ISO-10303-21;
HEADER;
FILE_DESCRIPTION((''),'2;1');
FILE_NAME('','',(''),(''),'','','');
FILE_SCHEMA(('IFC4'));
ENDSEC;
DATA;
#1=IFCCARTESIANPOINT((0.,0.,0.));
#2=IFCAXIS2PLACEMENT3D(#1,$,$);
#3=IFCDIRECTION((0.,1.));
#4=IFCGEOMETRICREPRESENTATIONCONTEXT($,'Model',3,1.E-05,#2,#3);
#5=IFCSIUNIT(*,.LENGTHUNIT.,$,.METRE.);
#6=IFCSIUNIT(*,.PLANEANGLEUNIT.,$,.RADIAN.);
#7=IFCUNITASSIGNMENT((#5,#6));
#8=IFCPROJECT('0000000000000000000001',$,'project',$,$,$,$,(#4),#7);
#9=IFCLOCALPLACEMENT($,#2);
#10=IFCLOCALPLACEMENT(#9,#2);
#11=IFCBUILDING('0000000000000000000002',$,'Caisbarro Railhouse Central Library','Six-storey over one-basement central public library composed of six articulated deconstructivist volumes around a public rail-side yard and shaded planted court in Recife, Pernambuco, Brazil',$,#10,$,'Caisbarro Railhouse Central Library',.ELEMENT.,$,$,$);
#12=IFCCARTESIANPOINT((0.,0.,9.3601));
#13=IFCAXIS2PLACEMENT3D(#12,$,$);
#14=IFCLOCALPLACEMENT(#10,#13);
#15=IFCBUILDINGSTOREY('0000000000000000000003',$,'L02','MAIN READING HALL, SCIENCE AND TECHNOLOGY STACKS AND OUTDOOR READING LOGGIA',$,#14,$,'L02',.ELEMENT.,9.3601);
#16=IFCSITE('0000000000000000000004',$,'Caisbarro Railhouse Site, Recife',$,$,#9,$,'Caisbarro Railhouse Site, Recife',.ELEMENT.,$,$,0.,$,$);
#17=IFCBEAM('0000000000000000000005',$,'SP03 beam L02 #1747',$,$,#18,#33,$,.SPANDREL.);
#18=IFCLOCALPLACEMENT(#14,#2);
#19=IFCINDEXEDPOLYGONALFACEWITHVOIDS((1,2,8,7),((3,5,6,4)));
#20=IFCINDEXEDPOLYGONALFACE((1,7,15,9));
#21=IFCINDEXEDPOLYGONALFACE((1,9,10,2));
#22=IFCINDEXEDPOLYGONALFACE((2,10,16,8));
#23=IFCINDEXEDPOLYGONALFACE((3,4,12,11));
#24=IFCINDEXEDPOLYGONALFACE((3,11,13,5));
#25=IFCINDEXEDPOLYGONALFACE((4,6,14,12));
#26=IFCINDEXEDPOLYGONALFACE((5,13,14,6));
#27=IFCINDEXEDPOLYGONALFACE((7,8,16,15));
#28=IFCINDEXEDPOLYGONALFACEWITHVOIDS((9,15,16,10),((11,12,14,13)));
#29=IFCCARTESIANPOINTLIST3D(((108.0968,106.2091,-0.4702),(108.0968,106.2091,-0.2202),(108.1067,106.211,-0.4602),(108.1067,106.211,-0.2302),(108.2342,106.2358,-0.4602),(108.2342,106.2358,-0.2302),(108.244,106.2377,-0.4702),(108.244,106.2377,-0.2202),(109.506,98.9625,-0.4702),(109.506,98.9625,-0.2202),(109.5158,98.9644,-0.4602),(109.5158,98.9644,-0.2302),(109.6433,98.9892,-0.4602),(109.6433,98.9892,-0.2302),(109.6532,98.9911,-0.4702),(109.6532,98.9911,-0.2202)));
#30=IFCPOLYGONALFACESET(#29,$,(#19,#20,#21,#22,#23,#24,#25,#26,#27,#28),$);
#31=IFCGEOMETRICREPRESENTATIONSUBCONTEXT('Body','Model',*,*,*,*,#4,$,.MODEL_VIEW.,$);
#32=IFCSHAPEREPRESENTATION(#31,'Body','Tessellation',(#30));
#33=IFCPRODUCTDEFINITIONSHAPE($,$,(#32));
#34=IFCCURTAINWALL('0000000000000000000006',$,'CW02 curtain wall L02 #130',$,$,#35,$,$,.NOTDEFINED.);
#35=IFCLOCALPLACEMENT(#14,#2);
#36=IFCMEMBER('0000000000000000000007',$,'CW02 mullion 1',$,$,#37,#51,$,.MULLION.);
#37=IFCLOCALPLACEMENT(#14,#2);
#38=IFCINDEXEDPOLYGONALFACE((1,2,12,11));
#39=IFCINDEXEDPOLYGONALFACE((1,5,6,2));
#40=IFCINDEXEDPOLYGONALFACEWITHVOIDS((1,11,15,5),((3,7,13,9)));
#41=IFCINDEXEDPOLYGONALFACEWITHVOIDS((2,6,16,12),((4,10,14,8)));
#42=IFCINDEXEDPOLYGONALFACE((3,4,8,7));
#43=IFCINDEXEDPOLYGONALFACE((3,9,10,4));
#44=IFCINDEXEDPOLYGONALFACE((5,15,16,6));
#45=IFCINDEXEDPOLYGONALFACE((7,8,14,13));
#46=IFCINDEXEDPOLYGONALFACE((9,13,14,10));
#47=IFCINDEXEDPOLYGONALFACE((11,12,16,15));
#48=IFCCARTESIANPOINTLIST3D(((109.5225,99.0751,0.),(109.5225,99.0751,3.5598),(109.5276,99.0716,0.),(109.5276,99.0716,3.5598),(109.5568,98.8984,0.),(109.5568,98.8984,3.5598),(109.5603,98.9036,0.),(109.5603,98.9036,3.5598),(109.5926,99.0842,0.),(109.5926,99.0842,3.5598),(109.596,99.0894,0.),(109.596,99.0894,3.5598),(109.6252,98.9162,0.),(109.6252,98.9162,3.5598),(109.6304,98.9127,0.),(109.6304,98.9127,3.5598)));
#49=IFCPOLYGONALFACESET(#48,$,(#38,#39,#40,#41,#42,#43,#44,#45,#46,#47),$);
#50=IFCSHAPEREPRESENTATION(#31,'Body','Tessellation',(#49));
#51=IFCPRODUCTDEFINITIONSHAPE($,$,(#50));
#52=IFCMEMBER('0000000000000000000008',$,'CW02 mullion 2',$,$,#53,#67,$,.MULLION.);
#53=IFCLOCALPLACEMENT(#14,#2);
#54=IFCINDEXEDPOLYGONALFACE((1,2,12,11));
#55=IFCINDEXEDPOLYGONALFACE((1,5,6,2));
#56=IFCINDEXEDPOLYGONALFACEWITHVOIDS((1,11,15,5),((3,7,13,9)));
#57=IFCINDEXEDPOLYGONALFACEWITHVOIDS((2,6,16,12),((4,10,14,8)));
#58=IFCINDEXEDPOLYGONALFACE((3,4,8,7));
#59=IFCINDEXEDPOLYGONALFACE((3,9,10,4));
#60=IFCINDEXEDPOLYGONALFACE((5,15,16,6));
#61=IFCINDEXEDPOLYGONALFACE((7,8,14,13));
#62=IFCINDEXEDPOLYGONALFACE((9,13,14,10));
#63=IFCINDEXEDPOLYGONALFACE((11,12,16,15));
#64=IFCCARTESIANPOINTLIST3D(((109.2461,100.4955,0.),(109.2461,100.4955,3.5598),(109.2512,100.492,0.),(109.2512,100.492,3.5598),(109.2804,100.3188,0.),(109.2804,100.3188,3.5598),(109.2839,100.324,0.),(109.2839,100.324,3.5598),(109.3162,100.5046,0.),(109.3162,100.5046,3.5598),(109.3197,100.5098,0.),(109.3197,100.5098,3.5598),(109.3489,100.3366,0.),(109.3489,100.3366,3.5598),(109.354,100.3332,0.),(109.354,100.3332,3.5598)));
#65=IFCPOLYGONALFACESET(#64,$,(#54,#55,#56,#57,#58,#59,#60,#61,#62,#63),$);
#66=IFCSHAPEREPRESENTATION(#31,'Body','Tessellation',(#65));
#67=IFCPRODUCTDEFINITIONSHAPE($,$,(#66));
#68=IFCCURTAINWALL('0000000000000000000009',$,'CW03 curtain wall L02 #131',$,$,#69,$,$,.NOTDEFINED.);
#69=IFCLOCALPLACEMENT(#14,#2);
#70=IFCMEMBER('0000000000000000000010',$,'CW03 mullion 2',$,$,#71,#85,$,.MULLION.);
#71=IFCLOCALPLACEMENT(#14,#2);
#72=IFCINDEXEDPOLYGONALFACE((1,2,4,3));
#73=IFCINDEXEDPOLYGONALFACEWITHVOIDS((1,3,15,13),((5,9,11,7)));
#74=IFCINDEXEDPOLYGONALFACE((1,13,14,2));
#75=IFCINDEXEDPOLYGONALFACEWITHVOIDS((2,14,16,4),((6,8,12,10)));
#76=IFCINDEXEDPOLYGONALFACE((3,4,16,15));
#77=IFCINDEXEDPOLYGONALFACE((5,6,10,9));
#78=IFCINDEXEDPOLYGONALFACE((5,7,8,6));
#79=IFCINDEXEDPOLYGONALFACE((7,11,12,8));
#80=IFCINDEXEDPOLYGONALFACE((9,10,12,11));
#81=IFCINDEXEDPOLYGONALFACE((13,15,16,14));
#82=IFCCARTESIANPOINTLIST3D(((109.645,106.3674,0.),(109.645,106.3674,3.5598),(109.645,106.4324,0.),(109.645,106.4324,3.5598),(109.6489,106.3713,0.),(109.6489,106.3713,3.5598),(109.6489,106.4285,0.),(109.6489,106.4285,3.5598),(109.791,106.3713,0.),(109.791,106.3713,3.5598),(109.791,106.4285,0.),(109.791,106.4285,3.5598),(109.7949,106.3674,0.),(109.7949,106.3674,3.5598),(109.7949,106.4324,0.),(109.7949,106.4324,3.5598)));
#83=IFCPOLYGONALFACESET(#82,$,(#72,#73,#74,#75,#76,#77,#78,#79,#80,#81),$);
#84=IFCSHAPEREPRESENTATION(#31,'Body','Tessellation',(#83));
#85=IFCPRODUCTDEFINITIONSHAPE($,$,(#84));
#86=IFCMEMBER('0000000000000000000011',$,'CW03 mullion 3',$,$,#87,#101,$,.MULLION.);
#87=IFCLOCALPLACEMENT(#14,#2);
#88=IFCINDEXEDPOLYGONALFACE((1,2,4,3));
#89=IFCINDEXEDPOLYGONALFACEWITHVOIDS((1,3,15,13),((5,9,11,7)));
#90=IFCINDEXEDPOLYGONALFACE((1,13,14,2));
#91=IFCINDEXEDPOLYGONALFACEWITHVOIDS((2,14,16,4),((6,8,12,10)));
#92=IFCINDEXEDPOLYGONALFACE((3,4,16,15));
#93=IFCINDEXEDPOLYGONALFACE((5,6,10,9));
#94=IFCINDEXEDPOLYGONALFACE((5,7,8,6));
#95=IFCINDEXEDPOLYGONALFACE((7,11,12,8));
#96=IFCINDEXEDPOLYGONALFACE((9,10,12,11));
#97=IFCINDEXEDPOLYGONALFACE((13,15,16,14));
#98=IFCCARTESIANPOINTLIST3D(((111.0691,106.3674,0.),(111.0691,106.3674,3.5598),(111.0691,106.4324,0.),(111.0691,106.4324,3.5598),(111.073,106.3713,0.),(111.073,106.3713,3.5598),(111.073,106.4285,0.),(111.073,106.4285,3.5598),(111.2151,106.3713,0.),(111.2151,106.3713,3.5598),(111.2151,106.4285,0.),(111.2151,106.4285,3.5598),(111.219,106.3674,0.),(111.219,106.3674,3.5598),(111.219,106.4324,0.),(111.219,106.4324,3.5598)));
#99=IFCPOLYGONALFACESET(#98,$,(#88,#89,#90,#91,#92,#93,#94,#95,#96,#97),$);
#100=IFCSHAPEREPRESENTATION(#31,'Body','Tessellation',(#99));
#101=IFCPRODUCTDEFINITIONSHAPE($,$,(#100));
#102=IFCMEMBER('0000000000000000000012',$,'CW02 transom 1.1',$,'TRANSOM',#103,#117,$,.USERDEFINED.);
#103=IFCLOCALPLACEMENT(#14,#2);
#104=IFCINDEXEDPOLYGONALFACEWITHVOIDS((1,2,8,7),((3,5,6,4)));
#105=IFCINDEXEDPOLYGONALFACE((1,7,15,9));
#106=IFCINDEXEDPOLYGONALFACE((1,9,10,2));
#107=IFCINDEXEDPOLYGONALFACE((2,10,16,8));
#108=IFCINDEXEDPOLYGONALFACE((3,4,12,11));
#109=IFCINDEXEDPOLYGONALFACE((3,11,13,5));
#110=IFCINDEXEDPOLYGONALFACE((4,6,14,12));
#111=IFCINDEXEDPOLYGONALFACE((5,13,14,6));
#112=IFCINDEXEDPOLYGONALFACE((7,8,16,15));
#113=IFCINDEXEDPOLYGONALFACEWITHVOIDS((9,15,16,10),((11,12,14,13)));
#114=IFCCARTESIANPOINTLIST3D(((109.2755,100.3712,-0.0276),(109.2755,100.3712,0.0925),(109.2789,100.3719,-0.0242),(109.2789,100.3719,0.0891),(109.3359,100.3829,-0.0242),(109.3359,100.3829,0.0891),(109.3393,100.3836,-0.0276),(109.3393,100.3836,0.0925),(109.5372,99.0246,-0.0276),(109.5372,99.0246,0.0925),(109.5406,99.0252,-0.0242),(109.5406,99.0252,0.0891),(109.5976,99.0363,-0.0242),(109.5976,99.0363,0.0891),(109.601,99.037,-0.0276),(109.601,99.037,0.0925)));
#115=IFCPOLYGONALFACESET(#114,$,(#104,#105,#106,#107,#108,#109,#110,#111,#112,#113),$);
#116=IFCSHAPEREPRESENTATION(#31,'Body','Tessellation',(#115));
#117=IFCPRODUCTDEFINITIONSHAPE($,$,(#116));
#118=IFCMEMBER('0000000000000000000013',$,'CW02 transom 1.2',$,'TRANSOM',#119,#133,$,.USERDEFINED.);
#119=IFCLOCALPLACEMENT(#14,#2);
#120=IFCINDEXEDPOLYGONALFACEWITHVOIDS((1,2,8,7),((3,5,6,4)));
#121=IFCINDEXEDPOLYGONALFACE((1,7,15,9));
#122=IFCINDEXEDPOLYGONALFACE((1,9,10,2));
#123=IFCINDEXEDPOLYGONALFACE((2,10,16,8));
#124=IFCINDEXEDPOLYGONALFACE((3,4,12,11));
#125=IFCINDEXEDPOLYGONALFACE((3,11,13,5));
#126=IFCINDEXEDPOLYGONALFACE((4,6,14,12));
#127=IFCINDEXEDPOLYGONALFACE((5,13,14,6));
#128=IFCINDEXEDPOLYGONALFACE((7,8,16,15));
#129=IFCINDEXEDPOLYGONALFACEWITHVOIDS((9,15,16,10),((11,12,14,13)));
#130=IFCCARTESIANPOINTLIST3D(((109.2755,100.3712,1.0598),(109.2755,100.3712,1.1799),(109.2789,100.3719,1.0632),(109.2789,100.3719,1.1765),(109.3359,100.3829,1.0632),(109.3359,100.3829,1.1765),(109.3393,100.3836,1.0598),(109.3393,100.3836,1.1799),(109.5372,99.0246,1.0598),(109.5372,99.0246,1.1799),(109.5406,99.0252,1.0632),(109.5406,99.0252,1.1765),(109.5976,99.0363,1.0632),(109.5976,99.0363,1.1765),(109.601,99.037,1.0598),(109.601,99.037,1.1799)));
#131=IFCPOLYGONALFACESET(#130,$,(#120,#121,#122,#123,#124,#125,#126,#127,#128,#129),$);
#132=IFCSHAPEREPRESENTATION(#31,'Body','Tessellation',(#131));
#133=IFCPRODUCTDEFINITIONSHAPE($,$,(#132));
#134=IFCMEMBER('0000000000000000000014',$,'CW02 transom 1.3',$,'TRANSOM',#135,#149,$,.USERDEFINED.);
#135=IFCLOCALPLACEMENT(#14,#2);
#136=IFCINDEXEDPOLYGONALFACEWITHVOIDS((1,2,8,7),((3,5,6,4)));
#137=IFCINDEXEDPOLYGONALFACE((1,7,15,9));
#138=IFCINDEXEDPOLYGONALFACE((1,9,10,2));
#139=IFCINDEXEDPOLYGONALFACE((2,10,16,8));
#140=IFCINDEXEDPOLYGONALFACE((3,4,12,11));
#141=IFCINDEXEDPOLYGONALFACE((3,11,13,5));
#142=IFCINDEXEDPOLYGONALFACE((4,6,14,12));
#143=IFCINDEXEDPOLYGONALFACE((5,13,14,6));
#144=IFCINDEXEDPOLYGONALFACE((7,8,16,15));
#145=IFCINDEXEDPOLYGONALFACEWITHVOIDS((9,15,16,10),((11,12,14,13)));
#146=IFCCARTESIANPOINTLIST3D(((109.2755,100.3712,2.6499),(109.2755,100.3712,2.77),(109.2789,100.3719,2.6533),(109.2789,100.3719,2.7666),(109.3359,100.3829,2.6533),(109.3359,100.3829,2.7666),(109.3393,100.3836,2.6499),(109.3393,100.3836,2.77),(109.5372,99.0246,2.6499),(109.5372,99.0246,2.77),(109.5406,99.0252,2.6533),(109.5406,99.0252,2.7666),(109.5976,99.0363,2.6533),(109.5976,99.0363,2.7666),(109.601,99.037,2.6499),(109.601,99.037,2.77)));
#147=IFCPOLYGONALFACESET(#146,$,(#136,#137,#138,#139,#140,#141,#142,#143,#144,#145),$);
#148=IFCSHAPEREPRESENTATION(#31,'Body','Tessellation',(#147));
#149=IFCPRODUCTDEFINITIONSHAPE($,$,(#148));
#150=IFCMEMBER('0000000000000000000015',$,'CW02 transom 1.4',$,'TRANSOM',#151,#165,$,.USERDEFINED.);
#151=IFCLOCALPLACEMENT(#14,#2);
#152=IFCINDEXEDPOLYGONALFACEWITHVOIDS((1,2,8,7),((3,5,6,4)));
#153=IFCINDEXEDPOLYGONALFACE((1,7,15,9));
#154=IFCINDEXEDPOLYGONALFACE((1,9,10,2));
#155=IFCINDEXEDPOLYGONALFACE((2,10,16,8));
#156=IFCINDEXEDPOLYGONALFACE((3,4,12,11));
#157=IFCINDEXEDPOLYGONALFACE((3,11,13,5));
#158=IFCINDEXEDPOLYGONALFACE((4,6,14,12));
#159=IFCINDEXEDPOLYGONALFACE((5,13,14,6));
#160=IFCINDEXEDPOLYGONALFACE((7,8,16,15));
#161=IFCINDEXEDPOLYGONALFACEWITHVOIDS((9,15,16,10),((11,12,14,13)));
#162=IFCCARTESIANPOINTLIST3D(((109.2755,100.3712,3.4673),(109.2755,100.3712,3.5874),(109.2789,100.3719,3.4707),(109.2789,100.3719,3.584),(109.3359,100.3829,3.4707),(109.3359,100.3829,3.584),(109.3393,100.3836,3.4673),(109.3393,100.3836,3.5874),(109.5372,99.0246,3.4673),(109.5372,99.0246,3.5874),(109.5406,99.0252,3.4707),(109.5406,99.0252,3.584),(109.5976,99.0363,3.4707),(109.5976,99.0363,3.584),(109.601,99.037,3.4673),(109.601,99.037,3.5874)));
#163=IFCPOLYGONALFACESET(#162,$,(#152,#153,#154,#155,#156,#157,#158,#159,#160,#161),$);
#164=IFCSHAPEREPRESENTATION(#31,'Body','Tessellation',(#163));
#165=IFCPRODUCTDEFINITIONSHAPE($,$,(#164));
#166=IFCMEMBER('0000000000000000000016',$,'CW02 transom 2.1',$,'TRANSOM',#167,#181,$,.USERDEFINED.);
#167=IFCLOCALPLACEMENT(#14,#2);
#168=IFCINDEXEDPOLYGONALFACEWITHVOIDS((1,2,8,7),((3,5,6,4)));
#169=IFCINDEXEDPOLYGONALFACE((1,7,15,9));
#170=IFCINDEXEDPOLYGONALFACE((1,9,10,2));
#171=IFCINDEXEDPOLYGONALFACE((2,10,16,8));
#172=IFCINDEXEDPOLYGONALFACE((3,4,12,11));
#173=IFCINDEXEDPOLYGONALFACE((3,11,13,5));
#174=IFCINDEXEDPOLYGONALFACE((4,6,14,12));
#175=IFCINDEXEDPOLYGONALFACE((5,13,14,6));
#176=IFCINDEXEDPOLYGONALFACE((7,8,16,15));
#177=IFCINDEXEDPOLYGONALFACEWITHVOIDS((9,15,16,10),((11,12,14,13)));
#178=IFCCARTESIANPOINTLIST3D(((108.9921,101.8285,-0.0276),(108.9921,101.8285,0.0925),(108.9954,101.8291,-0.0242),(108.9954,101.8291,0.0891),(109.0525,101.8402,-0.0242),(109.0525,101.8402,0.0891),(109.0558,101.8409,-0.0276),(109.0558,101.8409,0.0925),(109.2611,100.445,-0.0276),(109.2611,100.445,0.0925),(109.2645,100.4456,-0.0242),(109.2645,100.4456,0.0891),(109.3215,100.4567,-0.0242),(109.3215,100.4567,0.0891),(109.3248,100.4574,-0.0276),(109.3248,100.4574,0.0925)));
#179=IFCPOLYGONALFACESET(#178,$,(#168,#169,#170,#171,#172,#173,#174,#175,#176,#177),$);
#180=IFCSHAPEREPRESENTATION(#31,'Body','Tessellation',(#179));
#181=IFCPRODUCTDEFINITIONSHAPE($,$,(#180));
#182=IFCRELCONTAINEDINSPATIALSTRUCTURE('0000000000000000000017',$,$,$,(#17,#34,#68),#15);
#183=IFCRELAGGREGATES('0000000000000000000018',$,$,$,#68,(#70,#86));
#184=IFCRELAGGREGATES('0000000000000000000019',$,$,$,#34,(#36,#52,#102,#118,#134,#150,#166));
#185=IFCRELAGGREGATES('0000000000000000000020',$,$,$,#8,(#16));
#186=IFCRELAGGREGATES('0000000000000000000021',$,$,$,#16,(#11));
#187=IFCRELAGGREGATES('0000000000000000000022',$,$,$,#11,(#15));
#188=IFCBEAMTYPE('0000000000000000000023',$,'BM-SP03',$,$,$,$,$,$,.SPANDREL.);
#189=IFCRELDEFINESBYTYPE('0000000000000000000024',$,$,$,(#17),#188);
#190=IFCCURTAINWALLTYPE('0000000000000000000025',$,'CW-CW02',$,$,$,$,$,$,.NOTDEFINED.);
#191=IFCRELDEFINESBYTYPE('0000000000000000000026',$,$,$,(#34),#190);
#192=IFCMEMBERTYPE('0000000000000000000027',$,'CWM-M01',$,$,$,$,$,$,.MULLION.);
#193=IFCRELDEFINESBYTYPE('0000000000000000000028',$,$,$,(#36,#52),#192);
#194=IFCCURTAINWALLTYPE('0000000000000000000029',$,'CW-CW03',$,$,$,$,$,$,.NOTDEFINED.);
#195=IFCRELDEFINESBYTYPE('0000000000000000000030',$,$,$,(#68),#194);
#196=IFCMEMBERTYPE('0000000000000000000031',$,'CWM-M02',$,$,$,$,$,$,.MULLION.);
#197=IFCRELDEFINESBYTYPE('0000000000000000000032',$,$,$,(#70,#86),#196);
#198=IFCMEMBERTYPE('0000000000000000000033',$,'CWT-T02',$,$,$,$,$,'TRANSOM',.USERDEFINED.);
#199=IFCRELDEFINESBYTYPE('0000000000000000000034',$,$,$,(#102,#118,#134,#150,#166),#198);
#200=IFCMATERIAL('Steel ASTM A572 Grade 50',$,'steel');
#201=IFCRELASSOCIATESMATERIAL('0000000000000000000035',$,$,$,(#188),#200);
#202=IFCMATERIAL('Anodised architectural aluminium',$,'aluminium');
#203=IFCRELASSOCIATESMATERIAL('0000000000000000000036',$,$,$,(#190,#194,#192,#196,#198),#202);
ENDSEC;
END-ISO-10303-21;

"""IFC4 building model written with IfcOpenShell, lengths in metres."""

from ifc_helpers import new_model, si_unit, direction, frame, origin, origin_2d, place, context, subcontext, project, spatial, hollow_rectangle, extrude, material, material_profile, profile_set, type_object, element, aggregate, save


model = new_model("IFC4")

# Units and contexts
model_context = context("Model", 3, precision=1e-05, world=origin(), true_north=direction((0.0, 1.0)))
body_context = subcontext(model_context, "Body", "Model", "MODEL_VIEW")
ifc_project = project(units=[si_unit("LENGTHUNIT", "METRE"), si_unit("PLANEANGLEUNIT", "RADIAN")], contexts=[model_context])

# Site, building, storey
site_placement = place(None, origin())
site = spatial("IfcSite", under=ifc_project, at=site_placement, Name="Caisbarro Railhouse Site, Recife", LongName="Caisbarro Railhouse Site, Recife", CompositionType="ELEMENT", RefElevation=0.0)
building_placement = place(site_placement, origin())
building = spatial("IfcBuilding", under=site, at=building_placement, Name="Caisbarro Railhouse Central Library", Description="Six-storey over one-basement central public library composed of six articulated deconstructivist volumes around a public rail-side yard and shaded planted court in Recife, Pernambuco, Brazil", LongName="Caisbarro Railhouse Central Library", CompositionType="ELEMENT")
storey_placement = place(building_placement, frame((0.0, 0.0, 9.3601)))
storey = spatial("IfcBuildingStorey", under=building, at=storey_placement, Name="L02", Description="MAIN READING HALL, SCIENCE AND TECHNOLOGY STACKS AND OUTDOOR READING LOGGIA", LongName="L02", CompositionType="ELEMENT", Elevation=9.3601)

# Beam
ifc_material_1 = material(Name="Steel ASTM A572 Grade 50", Category="steel")
ifc_material_profile_1 = material_profile(ifc_material_1, hollow_rectangle(XDim=0.1499, YDim=0.25, WallThickness=0.01, at=origin_2d()), Name="HSS250X150X10")
ifc_profile_set_1 = profile_set([ifc_material_profile_1], Name="Steel ASTM A572 Grade 50")
beam_type = type_object("IfcBeamType", Name="BM-SP03", PredefinedType="SPANDREL", material=ifc_profile_set_1)
beam_placement = place(storey_placement, frame((109.5796, 98.9768, -0.3452), z_axis=(-0.190886, 0.981612, 0.0), x_axis=(-0.981612, -0.190886, 0.0)))
element("IfcBeam", 1, at=beam_placement, inside=storey, type_object=beam_type, Name="SP03 beam L02 #1747", PredefinedType="SPANDREL", context=body_context, shape_type="SweptSolid", body=[
    extrude(hollow_rectangle(XDim=0.1499, YDim=0.25, WallThickness=0.01, at=origin_2d()), origin(), (0.0, 0.0, 1.0), 7.3823),
])

# Curtain walls, members
ifc_material_2 = material(Name="Anodised architectural aluminium", Category="aluminium")
curtain_wall_type_1 = type_object("IfcCurtainWallType", Name="CW-CW02", PredefinedType="NOTDEFINED", material=ifc_material_2)
curtain_wall_1_placement = place(storey_placement, origin())
curtain_wall_1 = element("IfcCurtainWall", 2, at=curtain_wall_1_placement, inside=storey, type_object=curtain_wall_type_1, Name="CW02 curtain wall L02 #130", PredefinedType="NOTDEFINED")
ifc_material_profile_2 = material_profile(ifc_material_2, hollow_rectangle(XDim=0.075, YDim=0.1799, WallThickness=0.0044, at=origin_2d()), Name="ALU-MUL-75X180")
ifc_profile_set_2 = profile_set([ifc_material_profile_2], Name="Anodised architectural aluminium")
member_type_1 = type_object("IfcMemberType", Name="CWM-M01", PredefinedType="MULLION", material=ifc_profile_set_2)
member_1_placement = place(storey_placement, frame((109.5764, 98.9939, 0.0), z_axis=(0.0, 0.0, 1.0), x_axis=(-0.981607, -0.190911, 0.0)))
member_1 = element("IfcMember", 3, at=member_1_placement, type_object=member_type_1, Name="CW02 mullion 1", PredefinedType="MULLION", context=body_context, shape_type="SweptSolid", body=[
    extrude(hollow_rectangle(XDim=0.075, YDim=0.1799, WallThickness=0.0044, at=origin_2d()), origin(), (0.0, 0.0, 1.0), 3.5598),
])
member_2_placement = place(storey_placement, frame((109.3, 100.4143, 0.0), z_axis=(0.0, 0.0, 1.0), x_axis=(-0.981607, -0.190911, 0.0)))
member_2 = element("IfcMember", 4, at=member_2_placement, type_object=member_type_1, Name="CW02 mullion 2", PredefinedType="MULLION", context=body_context, shape_type="SweptSolid", body=[
    extrude(hollow_rectangle(XDim=0.075, YDim=0.1799, WallThickness=0.0044, at=origin_2d()), origin(), (0.0, 0.0, 1.0), 3.5598),
])
curtain_wall_type_2 = type_object("IfcCurtainWallType", Name="CW-CW03", PredefinedType="NOTDEFINED", material=ifc_material_2)
curtain_wall_2_placement = place(storey_placement, origin())
curtain_wall_2 = element("IfcCurtainWall", 5, at=curtain_wall_2_placement, inside=storey, type_object=curtain_wall_type_2, Name="CW03 curtain wall L02 #131", PredefinedType="NOTDEFINED")
ifc_material_profile_3 = material_profile(ifc_material_2, hollow_rectangle(XDim=0.0649, YDim=0.1499, WallThickness=0.0039, at=origin_2d()), Name="ALU-MUL-65X150")
ifc_profile_set_3 = profile_set([ifc_material_profile_3], Name="Anodised architectural aluminium")
member_type_2 = type_object("IfcMemberType", Name="CWM-M02", PredefinedType="MULLION", material=ifc_profile_set_3)
member_3_placement = place(storey_placement, frame((109.72, 106.3999, 0.0), z_axis=(0.0, 0.0, 1.0), x_axis=(0.0, 1.0, 0.0)))
member_3 = element("IfcMember", 6, at=member_3_placement, type_object=member_type_2, Name="CW03 mullion 2", PredefinedType="MULLION", context=body_context, shape_type="SweptSolid", body=[
    extrude(hollow_rectangle(XDim=0.0649, YDim=0.1499, WallThickness=0.0039, at=origin_2d()), origin(), (0.0, 0.0, 1.0), 3.5598),
])
member_4_placement = place(storey_placement, frame((111.144, 106.3999, 0.0), z_axis=(0.0, 0.0, 1.0), x_axis=(0.0, 1.0, 0.0)))
member_4 = element("IfcMember", 7, at=member_4_placement, type_object=member_type_2, Name="CW03 mullion 3", PredefinedType="MULLION", context=body_context, shape_type="SweptSolid", body=[
    extrude(hollow_rectangle(XDim=0.0649, YDim=0.1499, WallThickness=0.0039, at=origin_2d()), origin(), (0.0, 0.0, 1.0), 3.5598),
])

# Members
ifc_material_profile_4 = material_profile(ifc_material_2, hollow_rectangle(XDim=0.0649, YDim=0.1201, WallThickness=0.0034, at=origin_2d()), Name="ALU-TRN-65X120")
ifc_profile_set_4 = profile_set([ifc_material_profile_4], Name="Anodised architectural aluminium")
member_type_3 = type_object("IfcMemberType", Name="CWT-T02", ElementType="TRANSOM", PredefinedType="USERDEFINED", material=ifc_profile_set_4)
member_5_placement = place(storey_placement, frame((109.5691, 99.0308, 0.0325), z_axis=(-0.190774, 0.981634, 0.0), x_axis=(-0.981634, -0.190774, 0.0)))
member_5 = element("IfcMember", 8, at=member_5_placement, type_object=member_type_3, Name="CW02 transom 1.1", ObjectType="TRANSOM", PredefinedType="USERDEFINED", context=body_context, shape_type="SweptSolid", body=[
    extrude(hollow_rectangle(XDim=0.0649, YDim=0.1201, WallThickness=0.0034, at=origin_2d()), origin(), (0.0, 0.0, 1.0), 1.3718),
])
member_6_placement = place(storey_placement, frame((109.5691, 99.0308, 1.1199), z_axis=(-0.190774, 0.981634, 0.0), x_axis=(-0.981634, -0.190774, 0.0)))
member_6 = element("IfcMember", 9, at=member_6_placement, type_object=member_type_3, Name="CW02 transom 1.2", ObjectType="TRANSOM", PredefinedType="USERDEFINED", context=body_context, shape_type="SweptSolid", body=[
    extrude(hollow_rectangle(XDim=0.0649, YDim=0.1201, WallThickness=0.0034, at=origin_2d()), origin(), (0.0, 0.0, 1.0), 1.3718),
])
member_7_placement = place(storey_placement, frame((109.5691, 99.0308, 2.71), z_axis=(-0.190774, 0.981634, 0.0), x_axis=(-0.981634, -0.190774, 0.0)))
member_7 = element("IfcMember", 10, at=member_7_placement, type_object=member_type_3, Name="CW02 transom 1.3", ObjectType="TRANSOM", PredefinedType="USERDEFINED", context=body_context, shape_type="SweptSolid", body=[
    extrude(hollow_rectangle(XDim=0.0649, YDim=0.1201, WallThickness=0.0034, at=origin_2d()), origin(), (0.0, 0.0, 1.0), 1.3718),
])
member_8_placement = place(storey_placement, frame((109.5691, 99.0308, 3.5273), z_axis=(-0.190774, 0.981634, 0.0), x_axis=(-0.981634, -0.190774, 0.0)))
member_8 = element("IfcMember", 11, at=member_8_placement, type_object=member_type_3, Name="CW02 transom 1.4", ObjectType="TRANSOM", PredefinedType="USERDEFINED", context=body_context, shape_type="SweptSolid", body=[
    extrude(hollow_rectangle(XDim=0.0649, YDim=0.1201, WallThickness=0.0034, at=origin_2d()), origin(), (0.0, 0.0, 1.0), 1.3718),
])
member_9_placement = place(storey_placement, frame((109.293, 100.4512, 0.0325), z_axis=(-0.190884, 0.981613, 0.0), x_axis=(-0.981613, -0.190884, 0.0)))
member_9 = element("IfcMember", 12, at=member_9_placement, type_object=member_type_3, Name="CW02 transom 2.1", ObjectType="TRANSOM", PredefinedType="USERDEFINED", context=body_context, shape_type="SweptSolid", body=[
    extrude(hollow_rectangle(XDim=0.0649, YDim=0.1201, WallThickness=0.0034, at=origin_2d()), origin(), (0.0, 0.0, 1.0), 1.4094),
])

aggregate(curtain_wall_2, [member_3, member_4])
aggregate(curtain_wall_1, [member_1, member_2, member_5, member_6, member_7, member_8, member_9])

save(model, "model.ifc")
